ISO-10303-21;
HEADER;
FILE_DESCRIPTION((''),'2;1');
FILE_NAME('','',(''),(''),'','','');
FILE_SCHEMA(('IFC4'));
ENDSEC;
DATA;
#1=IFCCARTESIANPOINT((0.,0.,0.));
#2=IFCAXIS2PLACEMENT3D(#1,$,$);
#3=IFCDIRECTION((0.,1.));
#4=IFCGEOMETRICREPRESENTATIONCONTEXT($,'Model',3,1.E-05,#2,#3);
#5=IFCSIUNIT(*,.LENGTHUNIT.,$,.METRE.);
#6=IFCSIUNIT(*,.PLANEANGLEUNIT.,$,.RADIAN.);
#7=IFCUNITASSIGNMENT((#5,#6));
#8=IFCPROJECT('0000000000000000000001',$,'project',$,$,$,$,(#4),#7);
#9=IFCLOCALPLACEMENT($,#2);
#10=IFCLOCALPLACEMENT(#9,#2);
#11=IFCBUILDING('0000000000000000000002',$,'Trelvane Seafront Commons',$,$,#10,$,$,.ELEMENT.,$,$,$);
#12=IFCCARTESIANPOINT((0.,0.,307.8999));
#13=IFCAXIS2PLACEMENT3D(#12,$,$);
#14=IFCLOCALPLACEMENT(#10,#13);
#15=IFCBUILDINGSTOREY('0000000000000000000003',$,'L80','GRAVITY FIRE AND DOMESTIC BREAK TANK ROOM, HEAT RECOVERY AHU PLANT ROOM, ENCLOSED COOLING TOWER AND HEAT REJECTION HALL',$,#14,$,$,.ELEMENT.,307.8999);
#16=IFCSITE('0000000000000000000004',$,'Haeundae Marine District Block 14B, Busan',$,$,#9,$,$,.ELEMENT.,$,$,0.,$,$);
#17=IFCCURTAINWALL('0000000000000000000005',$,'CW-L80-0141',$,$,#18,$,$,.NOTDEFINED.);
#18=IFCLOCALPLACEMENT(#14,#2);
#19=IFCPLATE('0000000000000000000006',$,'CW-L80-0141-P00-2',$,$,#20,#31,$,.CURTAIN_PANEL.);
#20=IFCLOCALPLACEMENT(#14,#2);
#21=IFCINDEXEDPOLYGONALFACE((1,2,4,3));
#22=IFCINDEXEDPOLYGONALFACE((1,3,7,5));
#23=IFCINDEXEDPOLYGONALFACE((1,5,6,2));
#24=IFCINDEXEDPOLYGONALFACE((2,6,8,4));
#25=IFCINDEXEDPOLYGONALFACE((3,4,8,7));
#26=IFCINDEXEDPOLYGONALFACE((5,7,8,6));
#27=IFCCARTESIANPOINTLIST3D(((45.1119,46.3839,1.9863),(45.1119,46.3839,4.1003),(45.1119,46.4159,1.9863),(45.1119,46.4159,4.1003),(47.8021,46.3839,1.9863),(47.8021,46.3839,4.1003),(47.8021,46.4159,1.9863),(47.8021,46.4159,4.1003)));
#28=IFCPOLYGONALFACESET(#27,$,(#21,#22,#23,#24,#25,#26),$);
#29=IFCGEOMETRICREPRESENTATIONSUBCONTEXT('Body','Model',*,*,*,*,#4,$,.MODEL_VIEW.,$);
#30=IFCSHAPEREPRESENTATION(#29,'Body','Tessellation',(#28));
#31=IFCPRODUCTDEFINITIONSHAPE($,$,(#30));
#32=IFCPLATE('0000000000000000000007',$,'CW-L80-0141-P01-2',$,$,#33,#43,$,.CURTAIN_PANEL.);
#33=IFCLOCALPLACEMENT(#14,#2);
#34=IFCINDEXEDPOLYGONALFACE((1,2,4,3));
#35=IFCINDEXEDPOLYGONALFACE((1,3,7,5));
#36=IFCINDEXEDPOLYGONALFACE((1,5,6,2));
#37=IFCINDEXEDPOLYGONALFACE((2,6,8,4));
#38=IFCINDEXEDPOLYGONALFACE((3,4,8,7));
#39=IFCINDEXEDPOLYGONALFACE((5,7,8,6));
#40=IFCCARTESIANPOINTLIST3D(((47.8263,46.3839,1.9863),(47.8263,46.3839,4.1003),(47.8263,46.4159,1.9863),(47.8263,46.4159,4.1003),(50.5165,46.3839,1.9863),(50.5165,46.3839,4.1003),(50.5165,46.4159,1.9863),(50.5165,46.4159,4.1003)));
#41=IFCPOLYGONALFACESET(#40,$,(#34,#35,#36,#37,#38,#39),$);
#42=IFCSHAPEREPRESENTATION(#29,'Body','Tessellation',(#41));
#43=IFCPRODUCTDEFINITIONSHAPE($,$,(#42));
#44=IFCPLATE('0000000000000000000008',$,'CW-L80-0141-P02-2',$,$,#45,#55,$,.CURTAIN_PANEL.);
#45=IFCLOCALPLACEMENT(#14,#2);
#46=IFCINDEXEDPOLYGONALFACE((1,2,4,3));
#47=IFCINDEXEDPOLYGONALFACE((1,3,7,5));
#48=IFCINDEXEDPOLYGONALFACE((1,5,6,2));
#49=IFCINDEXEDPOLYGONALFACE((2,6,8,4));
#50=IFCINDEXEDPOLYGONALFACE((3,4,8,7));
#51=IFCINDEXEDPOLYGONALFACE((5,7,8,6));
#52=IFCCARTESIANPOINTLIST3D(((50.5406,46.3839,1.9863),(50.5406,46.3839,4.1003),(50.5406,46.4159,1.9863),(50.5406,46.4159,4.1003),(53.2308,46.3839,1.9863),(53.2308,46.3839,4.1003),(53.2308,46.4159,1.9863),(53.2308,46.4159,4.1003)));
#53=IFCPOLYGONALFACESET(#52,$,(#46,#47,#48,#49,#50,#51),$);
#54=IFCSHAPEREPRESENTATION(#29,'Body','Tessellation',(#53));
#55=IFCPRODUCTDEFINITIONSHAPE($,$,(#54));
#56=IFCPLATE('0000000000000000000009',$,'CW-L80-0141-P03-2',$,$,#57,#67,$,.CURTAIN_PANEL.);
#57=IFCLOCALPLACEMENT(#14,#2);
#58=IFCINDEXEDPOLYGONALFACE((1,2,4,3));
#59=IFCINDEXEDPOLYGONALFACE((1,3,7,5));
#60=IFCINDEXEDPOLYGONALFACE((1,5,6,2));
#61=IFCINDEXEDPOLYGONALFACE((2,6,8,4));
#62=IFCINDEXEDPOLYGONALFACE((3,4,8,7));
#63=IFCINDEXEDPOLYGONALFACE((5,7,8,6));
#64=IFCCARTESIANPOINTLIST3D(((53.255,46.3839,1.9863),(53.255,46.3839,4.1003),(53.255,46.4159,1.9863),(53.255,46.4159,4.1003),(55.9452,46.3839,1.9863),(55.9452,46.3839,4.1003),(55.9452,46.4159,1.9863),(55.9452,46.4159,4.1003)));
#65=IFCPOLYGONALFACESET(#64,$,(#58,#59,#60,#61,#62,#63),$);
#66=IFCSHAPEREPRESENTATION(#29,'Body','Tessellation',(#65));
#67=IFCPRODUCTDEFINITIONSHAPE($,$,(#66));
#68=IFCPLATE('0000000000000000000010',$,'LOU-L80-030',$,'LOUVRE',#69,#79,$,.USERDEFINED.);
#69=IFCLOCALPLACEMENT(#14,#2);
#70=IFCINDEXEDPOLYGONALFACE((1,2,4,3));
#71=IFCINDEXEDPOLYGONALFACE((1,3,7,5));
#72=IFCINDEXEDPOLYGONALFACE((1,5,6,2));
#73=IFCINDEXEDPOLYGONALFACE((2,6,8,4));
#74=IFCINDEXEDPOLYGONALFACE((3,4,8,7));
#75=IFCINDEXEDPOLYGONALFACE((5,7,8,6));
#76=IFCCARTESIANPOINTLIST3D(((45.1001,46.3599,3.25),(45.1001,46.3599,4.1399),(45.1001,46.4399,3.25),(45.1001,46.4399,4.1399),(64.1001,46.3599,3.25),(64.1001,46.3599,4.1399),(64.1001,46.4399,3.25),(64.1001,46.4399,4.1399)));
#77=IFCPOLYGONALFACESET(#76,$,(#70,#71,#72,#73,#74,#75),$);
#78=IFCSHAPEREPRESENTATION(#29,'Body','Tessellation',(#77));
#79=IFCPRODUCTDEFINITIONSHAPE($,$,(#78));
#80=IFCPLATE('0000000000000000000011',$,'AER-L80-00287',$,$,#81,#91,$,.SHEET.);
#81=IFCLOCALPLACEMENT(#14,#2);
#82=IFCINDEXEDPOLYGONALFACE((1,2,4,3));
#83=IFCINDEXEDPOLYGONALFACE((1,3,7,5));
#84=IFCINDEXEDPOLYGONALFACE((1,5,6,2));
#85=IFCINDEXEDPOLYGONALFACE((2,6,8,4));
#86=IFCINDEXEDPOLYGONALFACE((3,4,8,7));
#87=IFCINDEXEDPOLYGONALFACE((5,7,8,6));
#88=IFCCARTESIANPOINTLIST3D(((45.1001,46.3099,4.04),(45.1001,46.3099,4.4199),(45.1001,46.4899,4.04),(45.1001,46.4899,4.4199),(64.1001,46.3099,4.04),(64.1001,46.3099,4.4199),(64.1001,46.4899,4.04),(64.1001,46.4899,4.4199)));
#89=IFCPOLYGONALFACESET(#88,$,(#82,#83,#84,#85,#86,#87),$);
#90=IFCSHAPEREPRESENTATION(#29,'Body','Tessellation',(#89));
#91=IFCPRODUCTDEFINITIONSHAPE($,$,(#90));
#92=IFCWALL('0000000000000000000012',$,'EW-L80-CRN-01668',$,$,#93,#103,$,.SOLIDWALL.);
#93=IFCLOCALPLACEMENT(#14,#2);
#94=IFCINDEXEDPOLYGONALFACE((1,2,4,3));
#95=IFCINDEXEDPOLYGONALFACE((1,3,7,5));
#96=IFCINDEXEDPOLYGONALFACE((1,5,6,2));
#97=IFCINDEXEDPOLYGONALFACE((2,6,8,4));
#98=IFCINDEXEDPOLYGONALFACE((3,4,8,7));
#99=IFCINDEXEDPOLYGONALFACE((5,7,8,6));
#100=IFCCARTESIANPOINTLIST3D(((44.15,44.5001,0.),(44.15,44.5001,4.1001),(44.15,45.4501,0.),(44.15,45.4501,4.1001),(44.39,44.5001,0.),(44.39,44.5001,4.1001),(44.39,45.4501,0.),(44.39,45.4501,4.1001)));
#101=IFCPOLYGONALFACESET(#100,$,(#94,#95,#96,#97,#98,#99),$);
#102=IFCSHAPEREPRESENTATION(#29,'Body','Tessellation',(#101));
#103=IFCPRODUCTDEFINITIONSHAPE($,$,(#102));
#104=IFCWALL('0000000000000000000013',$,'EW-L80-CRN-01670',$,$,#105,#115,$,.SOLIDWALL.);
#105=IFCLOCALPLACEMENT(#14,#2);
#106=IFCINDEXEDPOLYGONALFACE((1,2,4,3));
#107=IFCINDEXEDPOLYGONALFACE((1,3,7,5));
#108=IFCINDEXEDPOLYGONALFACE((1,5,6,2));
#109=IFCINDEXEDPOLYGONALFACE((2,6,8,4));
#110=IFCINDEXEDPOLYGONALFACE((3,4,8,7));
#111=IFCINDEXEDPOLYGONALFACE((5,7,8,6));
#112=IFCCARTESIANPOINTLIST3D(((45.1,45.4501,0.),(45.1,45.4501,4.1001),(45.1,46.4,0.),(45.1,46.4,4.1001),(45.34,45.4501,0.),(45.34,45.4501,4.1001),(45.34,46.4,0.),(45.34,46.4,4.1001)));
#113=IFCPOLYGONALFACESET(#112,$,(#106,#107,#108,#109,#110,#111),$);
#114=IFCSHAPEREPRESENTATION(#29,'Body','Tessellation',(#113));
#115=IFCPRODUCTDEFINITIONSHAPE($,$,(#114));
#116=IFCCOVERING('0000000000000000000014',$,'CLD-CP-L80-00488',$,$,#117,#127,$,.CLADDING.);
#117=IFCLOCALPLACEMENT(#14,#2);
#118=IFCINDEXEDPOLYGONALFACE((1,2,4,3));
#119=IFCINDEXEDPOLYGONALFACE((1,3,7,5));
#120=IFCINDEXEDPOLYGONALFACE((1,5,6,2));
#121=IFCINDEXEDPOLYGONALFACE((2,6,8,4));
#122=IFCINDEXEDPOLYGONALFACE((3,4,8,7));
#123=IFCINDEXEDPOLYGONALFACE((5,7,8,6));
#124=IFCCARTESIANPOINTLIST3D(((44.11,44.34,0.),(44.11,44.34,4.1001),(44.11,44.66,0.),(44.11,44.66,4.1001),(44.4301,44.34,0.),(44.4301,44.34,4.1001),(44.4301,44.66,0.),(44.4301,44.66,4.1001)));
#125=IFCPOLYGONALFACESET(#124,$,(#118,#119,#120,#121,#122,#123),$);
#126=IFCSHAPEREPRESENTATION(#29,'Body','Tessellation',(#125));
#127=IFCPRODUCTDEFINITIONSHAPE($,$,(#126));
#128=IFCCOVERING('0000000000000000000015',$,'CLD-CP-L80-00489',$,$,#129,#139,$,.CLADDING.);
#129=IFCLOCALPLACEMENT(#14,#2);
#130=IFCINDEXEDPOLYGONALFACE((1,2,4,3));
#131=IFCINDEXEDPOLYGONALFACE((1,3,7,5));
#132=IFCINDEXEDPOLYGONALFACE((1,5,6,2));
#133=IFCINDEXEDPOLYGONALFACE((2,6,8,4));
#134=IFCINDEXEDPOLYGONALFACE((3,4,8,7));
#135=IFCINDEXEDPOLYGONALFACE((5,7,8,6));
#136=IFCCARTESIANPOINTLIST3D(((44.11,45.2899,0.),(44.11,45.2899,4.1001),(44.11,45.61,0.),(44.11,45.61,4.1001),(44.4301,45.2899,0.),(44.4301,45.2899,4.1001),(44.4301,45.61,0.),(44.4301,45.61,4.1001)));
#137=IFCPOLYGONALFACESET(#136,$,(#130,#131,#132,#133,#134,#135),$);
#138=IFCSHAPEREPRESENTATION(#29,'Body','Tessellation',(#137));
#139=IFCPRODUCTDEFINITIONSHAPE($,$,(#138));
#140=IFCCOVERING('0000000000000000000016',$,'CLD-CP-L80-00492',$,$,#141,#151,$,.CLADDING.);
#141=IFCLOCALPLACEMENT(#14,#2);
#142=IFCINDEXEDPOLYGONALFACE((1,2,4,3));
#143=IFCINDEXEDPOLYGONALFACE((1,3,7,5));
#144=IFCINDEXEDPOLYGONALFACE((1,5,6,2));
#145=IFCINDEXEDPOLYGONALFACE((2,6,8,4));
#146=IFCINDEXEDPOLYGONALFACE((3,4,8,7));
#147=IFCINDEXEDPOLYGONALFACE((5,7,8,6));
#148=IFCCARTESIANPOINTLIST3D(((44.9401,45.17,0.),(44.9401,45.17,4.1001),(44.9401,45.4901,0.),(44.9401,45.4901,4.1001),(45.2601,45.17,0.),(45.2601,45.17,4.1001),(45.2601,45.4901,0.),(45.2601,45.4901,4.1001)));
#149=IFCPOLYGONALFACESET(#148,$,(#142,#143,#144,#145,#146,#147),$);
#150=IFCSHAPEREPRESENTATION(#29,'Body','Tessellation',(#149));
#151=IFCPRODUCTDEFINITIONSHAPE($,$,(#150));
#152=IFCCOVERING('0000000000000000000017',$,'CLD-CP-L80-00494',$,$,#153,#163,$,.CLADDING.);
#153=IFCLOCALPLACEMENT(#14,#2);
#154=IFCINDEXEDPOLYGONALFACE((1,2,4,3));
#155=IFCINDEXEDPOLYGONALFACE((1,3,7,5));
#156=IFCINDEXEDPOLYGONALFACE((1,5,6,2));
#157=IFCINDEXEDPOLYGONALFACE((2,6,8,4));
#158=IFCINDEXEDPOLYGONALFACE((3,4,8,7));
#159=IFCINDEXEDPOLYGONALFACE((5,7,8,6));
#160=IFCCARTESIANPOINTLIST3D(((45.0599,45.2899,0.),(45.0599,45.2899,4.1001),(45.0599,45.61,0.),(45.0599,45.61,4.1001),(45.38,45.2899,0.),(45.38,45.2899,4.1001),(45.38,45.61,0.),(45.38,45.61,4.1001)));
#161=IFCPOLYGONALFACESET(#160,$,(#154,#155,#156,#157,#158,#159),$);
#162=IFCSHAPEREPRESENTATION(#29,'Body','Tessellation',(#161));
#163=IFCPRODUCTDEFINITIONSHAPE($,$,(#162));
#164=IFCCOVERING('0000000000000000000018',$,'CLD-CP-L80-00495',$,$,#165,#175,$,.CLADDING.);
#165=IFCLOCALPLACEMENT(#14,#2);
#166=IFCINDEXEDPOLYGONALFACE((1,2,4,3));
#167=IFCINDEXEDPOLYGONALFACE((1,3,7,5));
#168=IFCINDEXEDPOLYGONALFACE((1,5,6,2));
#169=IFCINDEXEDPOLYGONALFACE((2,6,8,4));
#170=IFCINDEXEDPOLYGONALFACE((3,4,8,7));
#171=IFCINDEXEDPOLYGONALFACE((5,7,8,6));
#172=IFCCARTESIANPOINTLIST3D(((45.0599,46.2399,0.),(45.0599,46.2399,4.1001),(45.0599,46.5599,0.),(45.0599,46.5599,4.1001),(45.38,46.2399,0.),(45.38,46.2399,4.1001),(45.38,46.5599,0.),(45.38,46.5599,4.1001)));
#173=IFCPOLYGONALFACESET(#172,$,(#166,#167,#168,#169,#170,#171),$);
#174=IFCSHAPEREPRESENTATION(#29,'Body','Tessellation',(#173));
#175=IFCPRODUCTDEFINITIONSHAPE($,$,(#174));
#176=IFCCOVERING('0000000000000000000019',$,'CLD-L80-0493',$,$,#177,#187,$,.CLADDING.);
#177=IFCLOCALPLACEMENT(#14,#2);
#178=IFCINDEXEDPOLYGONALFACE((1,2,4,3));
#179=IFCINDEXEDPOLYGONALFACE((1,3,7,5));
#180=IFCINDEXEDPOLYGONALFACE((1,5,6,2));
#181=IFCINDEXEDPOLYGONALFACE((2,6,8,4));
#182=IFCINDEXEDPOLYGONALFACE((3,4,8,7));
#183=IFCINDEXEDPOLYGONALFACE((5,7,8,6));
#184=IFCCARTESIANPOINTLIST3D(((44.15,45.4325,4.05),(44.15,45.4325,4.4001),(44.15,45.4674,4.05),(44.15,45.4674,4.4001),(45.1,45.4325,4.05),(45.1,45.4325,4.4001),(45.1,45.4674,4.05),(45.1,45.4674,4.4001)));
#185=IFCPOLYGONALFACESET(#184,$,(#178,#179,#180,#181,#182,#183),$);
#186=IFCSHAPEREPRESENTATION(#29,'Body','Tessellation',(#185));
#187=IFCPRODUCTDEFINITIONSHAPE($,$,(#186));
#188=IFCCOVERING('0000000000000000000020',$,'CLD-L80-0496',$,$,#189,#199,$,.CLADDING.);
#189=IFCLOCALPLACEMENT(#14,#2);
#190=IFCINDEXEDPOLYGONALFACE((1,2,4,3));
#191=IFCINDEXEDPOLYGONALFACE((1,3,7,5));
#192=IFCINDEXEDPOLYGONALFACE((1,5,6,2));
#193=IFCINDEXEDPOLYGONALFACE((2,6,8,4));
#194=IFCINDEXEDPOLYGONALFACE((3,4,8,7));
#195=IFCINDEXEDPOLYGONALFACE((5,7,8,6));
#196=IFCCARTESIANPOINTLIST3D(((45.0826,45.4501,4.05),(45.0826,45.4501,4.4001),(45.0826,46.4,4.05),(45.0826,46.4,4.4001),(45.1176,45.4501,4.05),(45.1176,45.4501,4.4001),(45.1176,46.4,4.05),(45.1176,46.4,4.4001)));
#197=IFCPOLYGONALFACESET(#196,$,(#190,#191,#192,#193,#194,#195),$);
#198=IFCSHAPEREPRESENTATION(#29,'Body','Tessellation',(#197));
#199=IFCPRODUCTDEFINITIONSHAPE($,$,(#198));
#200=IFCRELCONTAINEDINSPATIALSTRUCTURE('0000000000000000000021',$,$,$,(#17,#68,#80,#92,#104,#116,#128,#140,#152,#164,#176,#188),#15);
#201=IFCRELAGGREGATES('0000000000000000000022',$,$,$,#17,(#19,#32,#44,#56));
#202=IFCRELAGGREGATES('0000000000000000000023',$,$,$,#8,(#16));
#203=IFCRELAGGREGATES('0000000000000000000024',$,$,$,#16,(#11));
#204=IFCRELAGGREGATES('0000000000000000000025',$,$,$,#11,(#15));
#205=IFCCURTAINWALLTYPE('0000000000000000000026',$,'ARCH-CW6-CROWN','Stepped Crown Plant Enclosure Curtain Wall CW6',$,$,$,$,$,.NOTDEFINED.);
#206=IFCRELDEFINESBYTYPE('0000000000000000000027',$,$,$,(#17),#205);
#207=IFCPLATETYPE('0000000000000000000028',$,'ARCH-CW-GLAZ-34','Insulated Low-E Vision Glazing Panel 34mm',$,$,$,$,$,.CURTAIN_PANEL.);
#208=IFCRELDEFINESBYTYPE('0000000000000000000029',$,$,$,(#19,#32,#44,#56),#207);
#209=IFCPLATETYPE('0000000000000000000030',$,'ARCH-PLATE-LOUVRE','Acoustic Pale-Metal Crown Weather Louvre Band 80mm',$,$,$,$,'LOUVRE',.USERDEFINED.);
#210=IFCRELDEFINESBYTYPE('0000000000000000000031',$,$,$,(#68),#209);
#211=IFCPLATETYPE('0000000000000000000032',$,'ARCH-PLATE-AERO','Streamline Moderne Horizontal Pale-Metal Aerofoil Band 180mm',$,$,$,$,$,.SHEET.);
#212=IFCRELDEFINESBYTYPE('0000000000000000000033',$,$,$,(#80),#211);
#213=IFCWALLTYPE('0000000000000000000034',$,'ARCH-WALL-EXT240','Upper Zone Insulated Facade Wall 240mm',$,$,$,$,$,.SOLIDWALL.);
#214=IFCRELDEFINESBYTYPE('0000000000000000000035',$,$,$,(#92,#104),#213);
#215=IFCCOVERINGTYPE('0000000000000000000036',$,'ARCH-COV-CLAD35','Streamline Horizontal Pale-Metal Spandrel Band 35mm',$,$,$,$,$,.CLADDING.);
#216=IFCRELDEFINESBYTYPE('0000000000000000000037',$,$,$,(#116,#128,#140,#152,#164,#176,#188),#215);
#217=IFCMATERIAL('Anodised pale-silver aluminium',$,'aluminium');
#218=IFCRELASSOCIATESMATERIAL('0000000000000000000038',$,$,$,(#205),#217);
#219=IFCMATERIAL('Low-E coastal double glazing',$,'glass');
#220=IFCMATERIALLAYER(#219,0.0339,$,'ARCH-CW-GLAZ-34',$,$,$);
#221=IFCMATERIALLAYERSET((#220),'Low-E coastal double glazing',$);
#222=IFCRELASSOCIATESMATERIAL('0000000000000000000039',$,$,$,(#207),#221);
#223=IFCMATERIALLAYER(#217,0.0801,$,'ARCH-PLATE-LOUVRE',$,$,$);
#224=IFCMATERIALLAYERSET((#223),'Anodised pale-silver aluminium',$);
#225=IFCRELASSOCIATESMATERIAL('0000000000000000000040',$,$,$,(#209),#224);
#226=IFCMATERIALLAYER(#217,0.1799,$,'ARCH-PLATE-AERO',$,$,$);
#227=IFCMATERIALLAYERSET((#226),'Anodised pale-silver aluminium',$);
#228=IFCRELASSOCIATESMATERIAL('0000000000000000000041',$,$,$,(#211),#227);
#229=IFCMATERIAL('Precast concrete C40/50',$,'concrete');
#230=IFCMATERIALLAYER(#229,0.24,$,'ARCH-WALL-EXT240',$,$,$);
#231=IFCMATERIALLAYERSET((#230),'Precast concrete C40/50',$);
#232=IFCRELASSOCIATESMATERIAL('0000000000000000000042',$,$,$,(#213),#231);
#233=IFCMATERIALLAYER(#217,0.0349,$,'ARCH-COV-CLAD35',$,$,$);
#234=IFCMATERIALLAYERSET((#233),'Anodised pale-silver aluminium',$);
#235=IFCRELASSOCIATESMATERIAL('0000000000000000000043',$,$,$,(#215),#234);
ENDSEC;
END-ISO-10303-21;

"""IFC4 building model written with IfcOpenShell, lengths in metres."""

from ifc_helpers import new_model, si_unit, direction, frame, frame_2d, origin, origin_2d, place, context, subcontext, project, spatial, rectangle, extrude, source, transform, mapped, material, layer, layer_set, type_object, element, aggregate, save


model = new_model("IFC4")

# Units and contexts
model_context = context("Model", 3, precision=1e-05, world=origin(), true_north=direction((0.0, 1.0)))
body_context = subcontext(model_context, "Body", "Model", "MODEL_VIEW")
ifc_project = project(units=[si_unit("LENGTHUNIT", "METRE"), si_unit("PLANEANGLEUNIT", "RADIAN")], contexts=[model_context])

# Site, building, storey
site_placement = place(None, origin())
site = spatial("IfcSite", under=ifc_project, at=site_placement, Name="Haeundae Marine District Block 14B, Busan", CompositionType="ELEMENT", RefElevation=0.0)
building_placement = place(site_placement, origin())
building = spatial("IfcBuilding", under=site, at=building_placement, Name="Trelvane Seafront Commons", CompositionType="ELEMENT")
storey_placement = place(building_placement, frame((0.0, 0.0, 307.8999)))
storey = spatial("IfcBuildingStorey", under=building, at=storey_placement, Name="L80", Description="GRAVITY FIRE AND DOMESTIC BREAK TANK ROOM, HEAT RECOVERY AHU PLANT ROOM, ENCLOSED COOLING TOWER AND HEAT REJECTION HALL", CompositionType="ELEMENT", Elevation=307.8999)

# Curtain wall, plates
ifc_material_1 = material(Name="Anodised pale-silver aluminium", Category="aluminium")
curtain_wall_type = type_object("IfcCurtainWallType", Name="ARCH-CW6-CROWN", Description="Stepped Crown Plant Enclosure Curtain Wall CW6", PredefinedType="NOTDEFINED", material=ifc_material_1)
curtain_wall_placement = place(storey_placement, origin())
curtain_wall = element("IfcCurtainWall", 1, at=curtain_wall_placement, inside=storey, type_object=curtain_wall_type, Name="CW-L80-0141", PredefinedType="NOTDEFINED")
ifc_material_2 = material(Name="Low-E coastal double glazing", Category="glass")
ifc_layer_1 = layer(ifc_material_2, 0.0339, Name="ARCH-CW-GLAZ-34")
ifc_layer_set_1 = layer_set([ifc_layer_1], Name="Low-E coastal double glazing")
plate_type_1 = type_object("IfcPlateType", Name="ARCH-CW-GLAZ-34", Description="Insulated Low-E Vision Glazing Panel 34mm", PredefinedType="CURTAIN_PANEL", material=ifc_layer_set_1)
shared_shape_1 = source(origin(), body_context, "Body", "SweptSolid", [
    extrude(rectangle(XDim=2.6902, YDim=0.032, at=origin_2d()), origin(), (0.0, 0.0, 1.0), 2.114),
])
plate_1_placement = place(storey_placement, frame((46.457, 46.3999, 1.9863), z_axis=(0.0, 0.0, 1.0), x_axis=(1.0, 0.0, 0.0)))
plate_1 = element("IfcPlate", 2, at=plate_1_placement, type_object=plate_type_1, Name="CW-L80-0141-P00-2", PredefinedType="CURTAIN_PANEL", context=body_context, shape_type="MappedRepresentation", body=[
    mapped(shared_shape_1, transform((0.0, 0.0, 0.0), x_axis=(1.0, 0.0, 0.0), y_axis=(0.0, 1.0, 0.0), z_axis=(0.0, 0.0, 1.0), scale=1.0)),
])
plate_2_placement = place(storey_placement, frame((49.1714, 46.3999, 1.9863), z_axis=(0.0, 0.0, 1.0), x_axis=(1.0, 0.0, 0.0)))
plate_2 = element("IfcPlate", 3, at=plate_2_placement, type_object=plate_type_1, Name="CW-L80-0141-P01-2", PredefinedType="CURTAIN_PANEL", context=body_context, shape_type="MappedRepresentation", body=[
    mapped(shared_shape_1, transform((0.0, 0.0, 0.0), x_axis=(1.0, 0.0, 0.0), y_axis=(0.0, 1.0, 0.0), z_axis=(0.0, 0.0, 1.0), scale=1.0)),
])
plate_3_placement = place(storey_placement, frame((51.8857, 46.3999, 1.9863), z_axis=(0.0, 0.0, 1.0), x_axis=(1.0, 0.0, 0.0)))
plate_3 = element("IfcPlate", 4, at=plate_3_placement, type_object=plate_type_1, Name="CW-L80-0141-P02-2", PredefinedType="CURTAIN_PANEL", context=body_context, shape_type="MappedRepresentation", body=[
    mapped(shared_shape_1, transform((0.0, 0.0, 0.0), x_axis=(1.0, 0.0, 0.0), y_axis=(0.0, 1.0, 0.0), z_axis=(0.0, 0.0, 1.0), scale=1.0)),
])
plate_4_placement = place(storey_placement, frame((54.6001, 46.3999, 1.9863), z_axis=(0.0, 0.0, 1.0), x_axis=(1.0, 0.0, 0.0)))
plate_4 = element("IfcPlate", 5, at=plate_4_placement, type_object=plate_type_1, Name="CW-L80-0141-P03-2", PredefinedType="CURTAIN_PANEL", context=body_context, shape_type="MappedRepresentation", body=[
    mapped(shared_shape_1, transform((0.0, 0.0, 0.0), x_axis=(1.0, 0.0, 0.0), y_axis=(0.0, 1.0, 0.0), z_axis=(0.0, 0.0, 1.0), scale=1.0)),
])
aggregate(curtain_wall, [plate_1, plate_2, plate_3, plate_4])

# Plates
ifc_layer_2 = layer(ifc_material_1, 0.0801, Name="ARCH-PLATE-LOUVRE")
ifc_layer_set_2 = layer_set([ifc_layer_2], Name="Anodised pale-silver aluminium")
plate_type_2 = type_object("IfcPlateType", Name="ARCH-PLATE-LOUVRE", Description="Acoustic Pale-Metal Crown Weather Louvre Band 80mm", ElementType="LOUVRE", PredefinedType="USERDEFINED", material=ifc_layer_set_2)
shared_shape_2 = source(origin(), body_context, "Body", "SweptSolid", [
    extrude(rectangle(XDim=19.0, YDim=0.0801, at=origin_2d()), origin(), (0.0, 0.0, 1.0), 0.8899),
])
plate_5_placement = place(storey_placement, frame((54.6001, 46.3999, 3.25), z_axis=(0.0, 0.0, 1.0), x_axis=(1.0, 0.0, 0.0)))
element("IfcPlate", 6, at=plate_5_placement, inside=storey, type_object=plate_type_2, Name="LOU-L80-030", ObjectType="LOUVRE", PredefinedType="USERDEFINED", context=body_context, shape_type="MappedRepresentation", body=[
    mapped(shared_shape_2, transform((0.0, 0.0, 0.0), x_axis=(1.0, 0.0, 0.0), y_axis=(0.0, 1.0, 0.0), z_axis=(0.0, 0.0, 1.0), scale=1.0)),
])
ifc_layer_3 = layer(ifc_material_1, 0.1799, Name="ARCH-PLATE-AERO")
ifc_layer_set_3 = layer_set([ifc_layer_3], Name="Anodised pale-silver aluminium")
plate_type_3 = type_object("IfcPlateType", Name="ARCH-PLATE-AERO", Description="Streamline Moderne Horizontal Pale-Metal Aerofoil Band 180mm", PredefinedType="SHEET", material=ifc_layer_set_3)
shared_shape_3 = source(origin(), body_context, "Body", "SweptSolid", [
    extrude(rectangle(XDim=19.0, YDim=0.1799, at=origin_2d()), origin(), (0.0, 0.0, 1.0), 0.3799),
])
plate_6_placement = place(storey_placement, frame((54.6001, 46.3999, 4.04), z_axis=(0.0, 0.0, 1.0), x_axis=(1.0, 0.0, 0.0)))
element("IfcPlate", 7, at=plate_6_placement, inside=storey, type_object=plate_type_3, Name="AER-L80-00287", PredefinedType="SHEET", context=body_context, shape_type="MappedRepresentation", body=[
    mapped(shared_shape_3, transform((0.0, 0.0, 0.0), x_axis=(1.0, 0.0, 0.0), y_axis=(0.0, 1.0, 0.0), z_axis=(0.0, 0.0, 1.0), scale=1.0)),
])

# Walls
ifc_material_3 = material(Name="Precast concrete C40/50", Category="concrete")
ifc_layer_4 = layer(ifc_material_3, 0.24, Name="ARCH-WALL-EXT240")
ifc_layer_set_4 = layer_set([ifc_layer_4], Name="Precast concrete C40/50")
wall_type = type_object("IfcWallType", Name="ARCH-WALL-EXT240", Description="Upper Zone Insulated Facade Wall 240mm", PredefinedType="SOLIDWALL", material=ifc_layer_set_4)
for number, where, z_axis, x_axis, name in (
    (8, (44.27, 44.5, 0.0), (0.0, 0.0, 1.0), (0.0, 1.0, 0.0), "EW-L80-CRN-01668"),
    (9, (45.22, 45.45, 0.0), (0.0, 0.0, 1.0), (0.0, 1.0, 0.0), "EW-L80-CRN-01670"),
):
    element("IfcWall", number, at=place(storey_placement, frame(where, z_axis=z_axis, x_axis=x_axis)), inside=storey, type_object=wall_type, Name=name, PredefinedType="SOLIDWALL", context=body_context, shape_type="SweptSolid", body=[
        extrude(rectangle(XDim=0.95, YDim=0.24, at=frame_2d((0.4751, 0.0))), origin(), (0.0, 0.0, 1.0), 4.1001),
    ])

# Coverings
ifc_layer_5 = layer(ifc_material_1, 0.0349, Name="ARCH-COV-CLAD35")
ifc_layer_set_5 = layer_set([ifc_layer_5], Name="Anodised pale-silver aluminium")
covering_type = type_object("IfcCoveringType", Name="ARCH-COV-CLAD35", Description="Streamline Horizontal Pale-Metal Spandrel Band 35mm", PredefinedType="CLADDING", material=ifc_layer_set_5)
shared_shape_4 = source(origin(), body_context, "Body", "SweptSolid", [
    extrude(rectangle(XDim=0.3201, YDim=0.3201, at=origin_2d()), origin(), (0.0, 0.0, 1.0), 4.1001),
])
for number, where, z_axis, x_axis, name in (
    (10, (44.27, 44.5, 0.0), (0.0, 0.0, 1.0), (1.0, 0.0, 0.0), "CLD-CP-L80-00488"),
    (11, (44.27, 45.45, 0.0), (0.0, 0.0, 1.0), (1.0, 0.0, 0.0), "CLD-CP-L80-00489"),
    (12, (45.1001, 45.3301, 0.0), (0.0, 0.0, 1.0), (1.0, 0.0, 0.0), "CLD-CP-L80-00492"),
    (13, (45.22, 45.45, 0.0), (0.0, 0.0, 1.0), (1.0, 0.0, 0.0), "CLD-CP-L80-00494"),
    (14, (45.22, 46.3999, 0.0), (0.0, 0.0, 1.0), (1.0, 0.0, 0.0), "CLD-CP-L80-00495"),
):
    element("IfcCovering", number, at=place(storey_placement, frame(where, z_axis=z_axis, x_axis=x_axis)), inside=storey, type_object=covering_type, Name=name, PredefinedType="CLADDING", context=body_context, shape_type="MappedRepresentation", body=[
        mapped(shared_shape_4, transform((0.0, 0.0, 0.0), x_axis=(1.0, 0.0, 0.0), y_axis=(0.0, 1.0, 0.0), z_axis=(0.0, 0.0, 1.0), scale=1.0)),
    ])
shared_shape_5 = source(origin(), body_context, "Body", "SweptSolid", [
    extrude(rectangle(XDim=0.95, YDim=0.0349, at=origin_2d()), origin(), (0.0, 0.0, 1.0), 0.3501),
])
for number, where, z_axis, x_axis, name in (
    (15, (44.625, 45.45, 4.05), (0.0, 0.0, 1.0), (1.0, 0.0, 0.0), "CLD-L80-0493"),
    (16, (45.1001, 45.925, 4.05), (0.0, 0.0, 1.0), (0.0, 1.0, 0.0), "CLD-L80-0496"),
):
    element("IfcCovering", number, at=place(storey_placement, frame(where, z_axis=z_axis, x_axis=x_axis)), inside=storey, type_object=covering_type, Name=name, PredefinedType="CLADDING", context=body_context, shape_type="MappedRepresentation", body=[
        mapped(shared_shape_5, transform((0.0, 0.0, 0.0), x_axis=(1.0, 0.0, 0.0), y_axis=(0.0, 1.0, 0.0), z_axis=(0.0, 0.0, 1.0), scale=1.0)),
    ])

save(model, "model.ifc")
